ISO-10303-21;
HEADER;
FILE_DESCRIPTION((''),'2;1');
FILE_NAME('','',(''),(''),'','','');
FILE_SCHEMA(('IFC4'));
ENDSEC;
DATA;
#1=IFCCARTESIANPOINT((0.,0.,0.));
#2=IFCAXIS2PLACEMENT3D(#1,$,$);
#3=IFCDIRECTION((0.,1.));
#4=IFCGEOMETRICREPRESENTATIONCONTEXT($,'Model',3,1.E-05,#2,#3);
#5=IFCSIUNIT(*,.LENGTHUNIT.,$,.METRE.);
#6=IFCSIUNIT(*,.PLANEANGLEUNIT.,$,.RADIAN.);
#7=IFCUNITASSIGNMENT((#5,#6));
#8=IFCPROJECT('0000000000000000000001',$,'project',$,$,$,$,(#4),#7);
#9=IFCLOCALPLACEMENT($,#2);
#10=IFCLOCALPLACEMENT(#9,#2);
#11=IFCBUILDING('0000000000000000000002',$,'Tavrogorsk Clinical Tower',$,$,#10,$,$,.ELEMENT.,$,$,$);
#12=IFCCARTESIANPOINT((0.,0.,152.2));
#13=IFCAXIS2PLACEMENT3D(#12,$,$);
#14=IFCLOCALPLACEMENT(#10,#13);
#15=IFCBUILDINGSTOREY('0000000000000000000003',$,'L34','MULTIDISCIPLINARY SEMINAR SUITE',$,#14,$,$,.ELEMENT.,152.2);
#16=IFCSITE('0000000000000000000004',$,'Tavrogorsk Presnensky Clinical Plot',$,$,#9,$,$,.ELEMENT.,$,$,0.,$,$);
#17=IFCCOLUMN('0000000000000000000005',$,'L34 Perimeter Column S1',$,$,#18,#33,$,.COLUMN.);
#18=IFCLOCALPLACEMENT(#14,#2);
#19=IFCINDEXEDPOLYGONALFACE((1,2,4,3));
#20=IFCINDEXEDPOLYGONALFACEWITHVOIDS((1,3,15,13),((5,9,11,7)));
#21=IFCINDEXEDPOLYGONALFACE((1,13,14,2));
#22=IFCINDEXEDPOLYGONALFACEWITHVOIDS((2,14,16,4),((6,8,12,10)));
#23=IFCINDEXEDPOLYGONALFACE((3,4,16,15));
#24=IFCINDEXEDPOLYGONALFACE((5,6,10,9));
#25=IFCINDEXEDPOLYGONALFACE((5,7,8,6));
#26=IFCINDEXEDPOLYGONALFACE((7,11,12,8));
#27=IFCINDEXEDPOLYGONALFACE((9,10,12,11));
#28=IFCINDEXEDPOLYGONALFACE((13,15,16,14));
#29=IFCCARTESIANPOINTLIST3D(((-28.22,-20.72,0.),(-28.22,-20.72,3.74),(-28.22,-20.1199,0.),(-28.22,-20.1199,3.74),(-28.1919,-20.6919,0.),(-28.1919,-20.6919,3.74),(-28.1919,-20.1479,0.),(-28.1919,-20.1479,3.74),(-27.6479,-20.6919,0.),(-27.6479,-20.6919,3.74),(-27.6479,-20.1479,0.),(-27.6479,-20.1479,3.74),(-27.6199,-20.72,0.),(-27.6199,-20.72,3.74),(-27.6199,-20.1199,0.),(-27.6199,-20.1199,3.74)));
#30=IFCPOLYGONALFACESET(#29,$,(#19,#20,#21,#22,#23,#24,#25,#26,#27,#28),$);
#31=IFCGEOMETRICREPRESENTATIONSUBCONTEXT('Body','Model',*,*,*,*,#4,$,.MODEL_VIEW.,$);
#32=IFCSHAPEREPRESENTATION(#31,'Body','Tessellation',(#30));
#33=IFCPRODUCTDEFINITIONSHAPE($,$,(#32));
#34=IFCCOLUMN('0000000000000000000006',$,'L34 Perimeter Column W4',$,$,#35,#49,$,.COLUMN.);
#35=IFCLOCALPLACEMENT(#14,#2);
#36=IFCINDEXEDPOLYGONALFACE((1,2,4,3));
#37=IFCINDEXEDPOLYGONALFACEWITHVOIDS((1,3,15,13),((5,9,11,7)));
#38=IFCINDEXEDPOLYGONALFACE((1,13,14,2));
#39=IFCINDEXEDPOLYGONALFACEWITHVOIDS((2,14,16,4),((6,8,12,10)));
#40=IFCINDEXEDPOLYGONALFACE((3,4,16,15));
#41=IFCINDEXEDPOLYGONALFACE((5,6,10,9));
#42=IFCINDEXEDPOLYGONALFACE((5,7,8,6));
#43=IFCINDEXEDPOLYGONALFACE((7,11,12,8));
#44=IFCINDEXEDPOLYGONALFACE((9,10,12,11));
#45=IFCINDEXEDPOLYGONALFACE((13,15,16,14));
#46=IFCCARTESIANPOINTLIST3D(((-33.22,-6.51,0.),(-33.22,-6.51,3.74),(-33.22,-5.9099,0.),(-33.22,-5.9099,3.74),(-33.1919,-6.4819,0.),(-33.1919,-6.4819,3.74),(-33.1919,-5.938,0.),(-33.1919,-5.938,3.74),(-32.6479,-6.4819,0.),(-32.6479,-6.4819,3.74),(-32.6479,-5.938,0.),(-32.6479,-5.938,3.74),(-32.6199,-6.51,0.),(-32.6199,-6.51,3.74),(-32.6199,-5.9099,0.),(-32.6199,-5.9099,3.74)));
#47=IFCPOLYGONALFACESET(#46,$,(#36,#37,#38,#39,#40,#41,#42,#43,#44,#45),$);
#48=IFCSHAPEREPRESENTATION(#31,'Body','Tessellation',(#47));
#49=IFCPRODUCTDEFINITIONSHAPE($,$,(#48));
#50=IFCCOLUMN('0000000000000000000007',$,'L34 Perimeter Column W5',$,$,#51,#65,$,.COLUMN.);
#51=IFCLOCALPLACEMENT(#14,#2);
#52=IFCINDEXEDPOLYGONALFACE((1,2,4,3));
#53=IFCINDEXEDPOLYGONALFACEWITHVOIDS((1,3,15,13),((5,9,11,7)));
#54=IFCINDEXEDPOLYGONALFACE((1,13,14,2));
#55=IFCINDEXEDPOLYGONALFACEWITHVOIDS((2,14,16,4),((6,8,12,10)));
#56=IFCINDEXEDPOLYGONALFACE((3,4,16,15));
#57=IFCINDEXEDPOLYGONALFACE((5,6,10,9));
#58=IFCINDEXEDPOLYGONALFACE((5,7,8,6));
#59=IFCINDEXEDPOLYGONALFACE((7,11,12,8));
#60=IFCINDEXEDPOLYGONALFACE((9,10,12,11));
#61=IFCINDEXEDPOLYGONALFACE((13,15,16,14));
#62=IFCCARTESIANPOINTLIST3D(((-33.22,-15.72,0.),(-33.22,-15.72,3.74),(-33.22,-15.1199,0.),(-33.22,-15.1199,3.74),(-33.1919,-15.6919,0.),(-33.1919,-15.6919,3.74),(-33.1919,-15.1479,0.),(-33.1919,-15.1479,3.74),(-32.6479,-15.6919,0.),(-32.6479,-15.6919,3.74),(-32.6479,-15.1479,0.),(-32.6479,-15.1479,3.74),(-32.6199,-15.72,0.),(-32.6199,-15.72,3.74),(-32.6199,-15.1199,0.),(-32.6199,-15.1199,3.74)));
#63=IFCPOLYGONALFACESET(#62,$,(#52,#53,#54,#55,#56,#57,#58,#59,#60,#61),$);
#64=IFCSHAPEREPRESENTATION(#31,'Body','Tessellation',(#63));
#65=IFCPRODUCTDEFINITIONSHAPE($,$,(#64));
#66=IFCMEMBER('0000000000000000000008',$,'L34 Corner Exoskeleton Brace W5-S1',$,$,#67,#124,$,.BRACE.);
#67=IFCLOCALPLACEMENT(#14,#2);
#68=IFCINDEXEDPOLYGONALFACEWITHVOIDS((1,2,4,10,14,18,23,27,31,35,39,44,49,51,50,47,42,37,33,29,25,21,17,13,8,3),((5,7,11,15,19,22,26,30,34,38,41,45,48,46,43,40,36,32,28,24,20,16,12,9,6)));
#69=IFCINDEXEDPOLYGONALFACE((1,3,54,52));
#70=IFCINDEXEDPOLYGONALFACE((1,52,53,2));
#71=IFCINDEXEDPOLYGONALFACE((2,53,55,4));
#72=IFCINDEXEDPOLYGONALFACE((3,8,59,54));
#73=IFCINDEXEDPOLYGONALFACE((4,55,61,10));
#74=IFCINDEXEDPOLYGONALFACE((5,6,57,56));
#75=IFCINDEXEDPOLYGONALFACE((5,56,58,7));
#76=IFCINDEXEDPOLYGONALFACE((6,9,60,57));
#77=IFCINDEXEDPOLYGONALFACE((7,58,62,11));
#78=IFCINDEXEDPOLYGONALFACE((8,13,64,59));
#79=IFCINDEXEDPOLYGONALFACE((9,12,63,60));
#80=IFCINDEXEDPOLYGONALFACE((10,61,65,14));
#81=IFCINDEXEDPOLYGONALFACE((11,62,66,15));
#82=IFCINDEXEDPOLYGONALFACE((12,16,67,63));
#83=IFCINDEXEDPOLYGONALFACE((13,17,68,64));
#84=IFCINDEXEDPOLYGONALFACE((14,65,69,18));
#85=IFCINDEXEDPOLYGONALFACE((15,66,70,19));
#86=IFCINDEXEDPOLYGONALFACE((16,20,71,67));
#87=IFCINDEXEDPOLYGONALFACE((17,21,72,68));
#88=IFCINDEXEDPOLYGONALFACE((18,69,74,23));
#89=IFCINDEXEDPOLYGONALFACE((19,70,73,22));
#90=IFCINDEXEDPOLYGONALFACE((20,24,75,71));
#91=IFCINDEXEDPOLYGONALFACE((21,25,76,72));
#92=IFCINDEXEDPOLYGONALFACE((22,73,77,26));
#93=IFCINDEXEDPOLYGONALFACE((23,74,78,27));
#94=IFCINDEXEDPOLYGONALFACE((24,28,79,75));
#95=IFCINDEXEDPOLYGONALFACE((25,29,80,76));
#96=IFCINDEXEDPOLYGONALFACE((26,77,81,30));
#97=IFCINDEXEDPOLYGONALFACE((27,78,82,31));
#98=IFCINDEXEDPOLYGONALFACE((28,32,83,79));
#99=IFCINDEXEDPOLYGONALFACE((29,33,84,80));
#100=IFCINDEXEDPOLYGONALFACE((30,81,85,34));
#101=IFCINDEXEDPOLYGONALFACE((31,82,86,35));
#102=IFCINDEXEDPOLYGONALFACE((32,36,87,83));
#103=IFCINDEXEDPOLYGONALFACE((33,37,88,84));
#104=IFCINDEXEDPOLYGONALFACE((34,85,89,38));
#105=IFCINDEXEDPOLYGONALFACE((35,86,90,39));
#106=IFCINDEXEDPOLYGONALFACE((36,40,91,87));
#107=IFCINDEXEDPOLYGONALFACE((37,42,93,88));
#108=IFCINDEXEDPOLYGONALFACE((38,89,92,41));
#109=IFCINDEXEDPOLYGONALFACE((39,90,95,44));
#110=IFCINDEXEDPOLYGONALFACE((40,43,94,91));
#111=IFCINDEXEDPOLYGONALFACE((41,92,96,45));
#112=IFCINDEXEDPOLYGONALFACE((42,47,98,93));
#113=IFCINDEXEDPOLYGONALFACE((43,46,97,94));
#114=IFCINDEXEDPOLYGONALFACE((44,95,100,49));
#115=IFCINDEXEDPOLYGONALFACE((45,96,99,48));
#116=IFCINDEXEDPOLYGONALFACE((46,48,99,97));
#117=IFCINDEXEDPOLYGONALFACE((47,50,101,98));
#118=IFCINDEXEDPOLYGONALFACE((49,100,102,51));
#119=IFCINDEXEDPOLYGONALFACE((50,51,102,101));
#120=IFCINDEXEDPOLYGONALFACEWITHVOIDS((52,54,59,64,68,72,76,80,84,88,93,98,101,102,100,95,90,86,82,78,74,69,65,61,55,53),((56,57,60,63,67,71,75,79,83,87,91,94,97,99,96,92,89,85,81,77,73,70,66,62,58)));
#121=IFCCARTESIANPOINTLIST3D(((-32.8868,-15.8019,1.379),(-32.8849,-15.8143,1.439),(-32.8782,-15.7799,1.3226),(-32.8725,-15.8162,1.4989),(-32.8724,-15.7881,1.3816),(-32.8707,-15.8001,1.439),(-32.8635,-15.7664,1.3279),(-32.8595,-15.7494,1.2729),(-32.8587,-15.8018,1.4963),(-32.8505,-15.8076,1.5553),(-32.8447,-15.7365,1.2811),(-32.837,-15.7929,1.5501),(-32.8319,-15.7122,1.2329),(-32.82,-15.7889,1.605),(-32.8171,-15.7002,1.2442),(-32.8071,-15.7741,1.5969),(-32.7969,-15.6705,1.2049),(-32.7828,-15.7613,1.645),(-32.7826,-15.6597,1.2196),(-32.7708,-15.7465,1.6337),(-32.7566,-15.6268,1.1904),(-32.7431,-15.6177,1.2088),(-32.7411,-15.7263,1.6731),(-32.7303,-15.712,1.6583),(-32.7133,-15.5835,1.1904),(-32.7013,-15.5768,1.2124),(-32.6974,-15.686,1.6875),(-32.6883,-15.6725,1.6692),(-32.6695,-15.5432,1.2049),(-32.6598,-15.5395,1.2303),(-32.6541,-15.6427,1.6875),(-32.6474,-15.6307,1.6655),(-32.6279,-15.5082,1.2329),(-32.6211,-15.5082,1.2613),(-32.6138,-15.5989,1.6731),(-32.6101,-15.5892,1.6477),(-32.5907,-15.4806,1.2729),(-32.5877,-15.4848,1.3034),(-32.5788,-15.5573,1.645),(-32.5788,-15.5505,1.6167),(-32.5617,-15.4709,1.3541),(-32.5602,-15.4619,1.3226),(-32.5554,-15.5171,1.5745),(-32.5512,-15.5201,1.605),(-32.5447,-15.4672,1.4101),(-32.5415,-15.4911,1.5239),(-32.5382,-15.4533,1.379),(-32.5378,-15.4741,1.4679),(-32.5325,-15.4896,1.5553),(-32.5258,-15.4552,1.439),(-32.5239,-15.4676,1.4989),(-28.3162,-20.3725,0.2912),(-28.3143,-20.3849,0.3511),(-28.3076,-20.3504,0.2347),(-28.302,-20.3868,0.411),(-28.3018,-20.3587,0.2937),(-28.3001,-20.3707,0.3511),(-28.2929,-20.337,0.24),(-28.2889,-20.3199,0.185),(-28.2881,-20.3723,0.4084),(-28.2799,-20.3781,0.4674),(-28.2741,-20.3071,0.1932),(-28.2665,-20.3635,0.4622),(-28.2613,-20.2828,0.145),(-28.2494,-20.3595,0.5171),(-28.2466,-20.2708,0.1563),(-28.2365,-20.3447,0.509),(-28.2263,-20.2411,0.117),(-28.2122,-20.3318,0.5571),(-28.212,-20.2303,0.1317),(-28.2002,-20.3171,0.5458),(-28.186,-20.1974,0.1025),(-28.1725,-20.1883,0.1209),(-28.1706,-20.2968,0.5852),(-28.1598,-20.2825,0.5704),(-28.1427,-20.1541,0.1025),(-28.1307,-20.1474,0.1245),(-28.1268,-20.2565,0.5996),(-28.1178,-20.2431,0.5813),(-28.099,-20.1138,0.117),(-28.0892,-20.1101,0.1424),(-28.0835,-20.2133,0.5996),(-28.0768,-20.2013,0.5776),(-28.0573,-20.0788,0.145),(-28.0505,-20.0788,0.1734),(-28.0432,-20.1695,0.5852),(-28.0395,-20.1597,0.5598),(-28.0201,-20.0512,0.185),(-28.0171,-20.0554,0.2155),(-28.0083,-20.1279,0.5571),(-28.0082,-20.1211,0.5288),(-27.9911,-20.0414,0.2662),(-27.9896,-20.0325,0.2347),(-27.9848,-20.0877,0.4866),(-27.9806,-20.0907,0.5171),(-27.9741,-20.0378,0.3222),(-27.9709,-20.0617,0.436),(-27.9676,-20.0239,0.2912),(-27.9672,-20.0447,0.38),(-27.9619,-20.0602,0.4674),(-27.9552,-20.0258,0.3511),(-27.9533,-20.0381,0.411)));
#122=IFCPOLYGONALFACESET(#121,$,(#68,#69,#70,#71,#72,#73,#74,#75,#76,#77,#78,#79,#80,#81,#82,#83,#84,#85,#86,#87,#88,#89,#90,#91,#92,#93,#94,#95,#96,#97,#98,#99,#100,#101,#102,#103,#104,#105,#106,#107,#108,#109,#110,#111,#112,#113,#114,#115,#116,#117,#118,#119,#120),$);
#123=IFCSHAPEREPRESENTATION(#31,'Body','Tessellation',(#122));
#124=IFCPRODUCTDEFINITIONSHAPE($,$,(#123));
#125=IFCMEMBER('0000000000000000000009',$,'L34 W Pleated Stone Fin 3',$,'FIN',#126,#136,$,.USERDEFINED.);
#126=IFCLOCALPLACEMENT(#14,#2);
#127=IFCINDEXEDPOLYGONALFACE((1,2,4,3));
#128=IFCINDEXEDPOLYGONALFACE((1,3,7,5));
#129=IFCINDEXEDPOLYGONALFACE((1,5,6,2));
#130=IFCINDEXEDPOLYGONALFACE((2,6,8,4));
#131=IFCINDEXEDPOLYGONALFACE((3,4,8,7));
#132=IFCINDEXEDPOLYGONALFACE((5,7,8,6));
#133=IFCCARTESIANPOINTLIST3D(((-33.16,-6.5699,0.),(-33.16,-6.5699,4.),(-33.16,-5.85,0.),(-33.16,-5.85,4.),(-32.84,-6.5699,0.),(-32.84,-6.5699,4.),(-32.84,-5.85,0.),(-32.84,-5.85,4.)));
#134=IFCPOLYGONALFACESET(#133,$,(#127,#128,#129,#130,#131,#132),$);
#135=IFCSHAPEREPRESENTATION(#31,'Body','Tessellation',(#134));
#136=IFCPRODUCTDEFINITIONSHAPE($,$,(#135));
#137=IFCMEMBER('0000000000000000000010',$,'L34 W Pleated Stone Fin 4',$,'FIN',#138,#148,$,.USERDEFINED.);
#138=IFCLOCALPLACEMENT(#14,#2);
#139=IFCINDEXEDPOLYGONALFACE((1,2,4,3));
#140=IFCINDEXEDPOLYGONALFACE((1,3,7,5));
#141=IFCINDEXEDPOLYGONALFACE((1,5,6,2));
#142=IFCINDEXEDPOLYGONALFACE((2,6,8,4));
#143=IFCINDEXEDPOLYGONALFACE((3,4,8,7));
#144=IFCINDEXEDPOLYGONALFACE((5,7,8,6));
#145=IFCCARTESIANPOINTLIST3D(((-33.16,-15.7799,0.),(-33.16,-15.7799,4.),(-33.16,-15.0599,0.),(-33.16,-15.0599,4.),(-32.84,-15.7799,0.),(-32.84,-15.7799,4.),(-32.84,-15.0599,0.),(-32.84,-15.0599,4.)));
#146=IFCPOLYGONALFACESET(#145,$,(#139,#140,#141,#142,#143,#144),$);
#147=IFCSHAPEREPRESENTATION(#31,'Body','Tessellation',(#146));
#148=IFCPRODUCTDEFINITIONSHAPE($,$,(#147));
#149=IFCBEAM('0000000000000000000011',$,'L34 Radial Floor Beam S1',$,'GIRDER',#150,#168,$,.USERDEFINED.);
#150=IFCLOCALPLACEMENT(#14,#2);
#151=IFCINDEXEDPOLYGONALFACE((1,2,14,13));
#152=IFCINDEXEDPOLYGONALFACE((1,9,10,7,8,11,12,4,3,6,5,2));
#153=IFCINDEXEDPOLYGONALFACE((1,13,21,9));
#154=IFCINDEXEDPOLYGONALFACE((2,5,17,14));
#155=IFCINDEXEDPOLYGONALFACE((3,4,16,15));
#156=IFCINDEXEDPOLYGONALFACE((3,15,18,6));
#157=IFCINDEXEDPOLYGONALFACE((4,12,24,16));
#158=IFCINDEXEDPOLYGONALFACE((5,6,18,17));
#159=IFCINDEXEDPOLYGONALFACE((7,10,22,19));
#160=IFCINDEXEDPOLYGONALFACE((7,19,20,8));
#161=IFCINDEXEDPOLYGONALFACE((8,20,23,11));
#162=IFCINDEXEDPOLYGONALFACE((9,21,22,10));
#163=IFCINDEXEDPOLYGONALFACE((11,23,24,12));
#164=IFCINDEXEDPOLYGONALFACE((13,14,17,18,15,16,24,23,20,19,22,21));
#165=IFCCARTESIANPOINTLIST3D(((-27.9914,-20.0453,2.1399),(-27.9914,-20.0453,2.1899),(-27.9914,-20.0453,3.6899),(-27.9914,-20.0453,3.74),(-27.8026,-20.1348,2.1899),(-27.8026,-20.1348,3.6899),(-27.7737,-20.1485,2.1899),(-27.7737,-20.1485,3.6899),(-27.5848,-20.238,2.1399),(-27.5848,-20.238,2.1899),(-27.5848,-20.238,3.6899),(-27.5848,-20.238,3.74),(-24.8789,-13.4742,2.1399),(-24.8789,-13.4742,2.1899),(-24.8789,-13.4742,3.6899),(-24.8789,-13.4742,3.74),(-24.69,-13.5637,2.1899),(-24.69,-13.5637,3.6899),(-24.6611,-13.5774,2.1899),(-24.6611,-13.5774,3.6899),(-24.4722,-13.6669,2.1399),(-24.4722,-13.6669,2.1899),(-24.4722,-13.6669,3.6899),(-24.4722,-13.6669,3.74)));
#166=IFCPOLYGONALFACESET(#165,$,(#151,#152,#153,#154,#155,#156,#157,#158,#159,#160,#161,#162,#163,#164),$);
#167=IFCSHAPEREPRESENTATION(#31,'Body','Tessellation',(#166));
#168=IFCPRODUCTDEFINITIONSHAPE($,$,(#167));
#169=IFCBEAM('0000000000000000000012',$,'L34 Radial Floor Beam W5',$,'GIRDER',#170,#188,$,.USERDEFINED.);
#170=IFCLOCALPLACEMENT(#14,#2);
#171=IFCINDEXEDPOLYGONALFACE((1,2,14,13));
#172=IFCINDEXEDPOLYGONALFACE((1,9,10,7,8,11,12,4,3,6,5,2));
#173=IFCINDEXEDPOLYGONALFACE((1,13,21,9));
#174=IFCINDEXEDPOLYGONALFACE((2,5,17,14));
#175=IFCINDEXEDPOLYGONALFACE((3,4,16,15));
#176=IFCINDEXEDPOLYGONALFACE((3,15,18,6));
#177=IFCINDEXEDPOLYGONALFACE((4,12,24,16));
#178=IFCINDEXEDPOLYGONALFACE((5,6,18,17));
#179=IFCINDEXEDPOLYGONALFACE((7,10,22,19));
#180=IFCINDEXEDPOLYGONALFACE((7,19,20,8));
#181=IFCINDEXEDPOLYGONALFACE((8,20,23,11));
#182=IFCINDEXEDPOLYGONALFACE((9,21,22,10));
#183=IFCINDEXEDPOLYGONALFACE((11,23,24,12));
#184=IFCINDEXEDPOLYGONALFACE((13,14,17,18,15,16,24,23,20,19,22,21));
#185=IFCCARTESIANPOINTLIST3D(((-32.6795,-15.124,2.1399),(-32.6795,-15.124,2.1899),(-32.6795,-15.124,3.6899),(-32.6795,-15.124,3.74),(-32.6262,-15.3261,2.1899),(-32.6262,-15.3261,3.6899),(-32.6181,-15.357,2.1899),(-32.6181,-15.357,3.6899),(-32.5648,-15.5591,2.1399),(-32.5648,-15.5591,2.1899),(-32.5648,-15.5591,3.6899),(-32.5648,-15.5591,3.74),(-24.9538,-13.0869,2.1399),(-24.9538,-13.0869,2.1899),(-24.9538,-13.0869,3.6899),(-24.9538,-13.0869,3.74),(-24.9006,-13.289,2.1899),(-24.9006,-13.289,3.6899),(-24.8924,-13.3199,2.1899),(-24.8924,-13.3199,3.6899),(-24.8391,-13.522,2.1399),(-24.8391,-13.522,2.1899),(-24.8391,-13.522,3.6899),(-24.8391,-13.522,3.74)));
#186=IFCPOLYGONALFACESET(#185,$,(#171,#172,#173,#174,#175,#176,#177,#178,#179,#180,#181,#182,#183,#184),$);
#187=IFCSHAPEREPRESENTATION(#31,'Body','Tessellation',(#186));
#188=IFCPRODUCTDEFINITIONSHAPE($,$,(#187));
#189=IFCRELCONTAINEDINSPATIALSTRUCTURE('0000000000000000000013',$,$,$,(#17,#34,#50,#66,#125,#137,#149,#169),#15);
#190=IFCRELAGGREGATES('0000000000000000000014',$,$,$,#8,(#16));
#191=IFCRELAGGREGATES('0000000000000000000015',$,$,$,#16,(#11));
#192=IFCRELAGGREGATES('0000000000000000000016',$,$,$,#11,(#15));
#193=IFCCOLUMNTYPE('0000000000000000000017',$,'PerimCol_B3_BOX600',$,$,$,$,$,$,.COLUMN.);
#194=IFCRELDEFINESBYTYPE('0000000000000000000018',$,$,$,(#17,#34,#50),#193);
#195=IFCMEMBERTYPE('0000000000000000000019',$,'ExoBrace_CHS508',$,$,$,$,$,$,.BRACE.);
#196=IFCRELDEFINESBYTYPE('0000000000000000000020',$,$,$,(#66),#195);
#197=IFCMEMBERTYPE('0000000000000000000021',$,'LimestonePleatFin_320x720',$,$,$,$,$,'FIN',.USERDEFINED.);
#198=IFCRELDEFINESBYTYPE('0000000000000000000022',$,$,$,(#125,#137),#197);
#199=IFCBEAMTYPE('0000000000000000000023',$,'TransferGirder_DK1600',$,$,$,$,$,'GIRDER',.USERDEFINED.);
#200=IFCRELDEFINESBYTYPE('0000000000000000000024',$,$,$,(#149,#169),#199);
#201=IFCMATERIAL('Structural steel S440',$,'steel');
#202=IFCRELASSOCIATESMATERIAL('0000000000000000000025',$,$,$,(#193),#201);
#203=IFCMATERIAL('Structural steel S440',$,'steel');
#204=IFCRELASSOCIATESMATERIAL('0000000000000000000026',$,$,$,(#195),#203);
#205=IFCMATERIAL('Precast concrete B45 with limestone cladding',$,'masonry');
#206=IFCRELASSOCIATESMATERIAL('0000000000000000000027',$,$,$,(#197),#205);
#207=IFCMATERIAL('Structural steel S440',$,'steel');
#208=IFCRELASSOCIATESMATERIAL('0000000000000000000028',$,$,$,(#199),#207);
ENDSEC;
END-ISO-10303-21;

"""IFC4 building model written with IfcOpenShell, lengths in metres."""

from ifc_helpers import new_model, si_unit, direction, frame, origin, origin_2d, place, context, subcontext, project, spatial, rectangle, hollow_rectangle, hollow_circle, i_section, extrude, material, material_profile, profile_set, type_object, element, save


model = new_model("IFC4")

# Units and contexts
model_context = context("Model", 3, precision=1e-05, world=origin(), true_north=direction((0.0, 1.0)))
body_context = subcontext(model_context, "Body", "Model", "MODEL_VIEW")
ifc_project = project(units=[si_unit("LENGTHUNIT", "METRE"), si_unit("PLANEANGLEUNIT", "RADIAN")], contexts=[model_context])

# Site, building, storey
site_placement = place(None, origin())
site = spatial("IfcSite", under=ifc_project, at=site_placement, Name="Tavrogorsk Presnensky Clinical Plot", CompositionType="ELEMENT", RefElevation=0.0)
building_placement = place(site_placement, origin())
building = spatial("IfcBuilding", under=site, at=building_placement, Name="Tavrogorsk Clinical Tower", CompositionType="ELEMENT")
storey_placement = place(building_placement, frame((0.0, 0.0, 152.2)))
storey = spatial("IfcBuildingStorey", under=building, at=storey_placement, Name="L34", Description="MULTIDISCIPLINARY SEMINAR SUITE", CompositionType="ELEMENT", Elevation=152.2)

# Columns
ifc_material_1 = material(Name="Structural steel S440", Category="steel")
ifc_material_profile_1 = material_profile(ifc_material_1, hollow_rectangle(XDim=0.6001, YDim=0.6001, WallThickness=0.0281, at=origin_2d()), Name="BOX-600x600x28")
ifc_profile_set_1 = profile_set([ifc_material_profile_1], Name="Structural steel S440")
column_type = type_object("IfcColumnType", Name="PerimCol_B3_BOX600", PredefinedType="COLUMN", material=ifc_profile_set_1)
for number, where, z_axis, x_axis, name in (
    (1, (-27.9199, -20.4199, 0.0), (0.0, 0.0, 1.0), (1.0, 0.0, 0.0), "L34 Perimeter Column S1"),
    (2, (-32.9199, -6.21, 0.0), (0.0, 0.0, 1.0), (1.0, 0.0, 0.0), "L34 Perimeter Column W4"),
    (3, (-32.9199, -15.4199, 0.0), (0.0, 0.0, 1.0), (1.0, 0.0, 0.0), "L34 Perimeter Column W5"),
):
    element("IfcColumn", number, at=place(storey_placement, frame(where, z_axis=z_axis, x_axis=x_axis)), inside=storey, type_object=column_type, Name=name, PredefinedType="COLUMN", context=body_context, shape_type="SweptSolid", body=[
        extrude(hollow_rectangle(XDim=0.6001, YDim=0.6001, WallThickness=0.0281, at=origin_2d()), origin(), (0.0, 0.0, 1.0), 3.74),
    ])

# Members
ifc_material_2 = material(Name="Structural steel S440", Category="steel")
ifc_material_profile_2 = material_profile(ifc_material_2, hollow_circle(Radius=0.2539, WallThickness=0.02, at=origin_2d()), Name="CHS-508x20")
ifc_profile_set_2 = profile_set([ifc_material_profile_2], Name="Structural steel S440")
member_type_1 = type_object("IfcMemberType", Name="ExoBrace_CHS508", PredefinedType="BRACE", material=ifc_profile_set_2)
member_placement = place(storey_placement, frame((-28.1348, -20.2053, 0.3511), z_axis=(-0.6973, 0.6973, 0.165972), x_axis=(-0.707107, -0.707107, 0.0)))
element("IfcMember", 4, at=member_placement, inside=storey, type_object=member_type_1, Name="L34 Corner Exoskeleton Brace W5-S1", PredefinedType="BRACE", context=body_context, shape_type="SweptSolid", body=[
    extrude(hollow_circle(Radius=0.2539, WallThickness=0.02, at=origin_2d()), origin(), (0.0, 0.0, 1.0), 6.5547),
])
ifc_material_3 = material(Name="Precast concrete B45 with limestone cladding", Category="masonry")
ifc_material_profile_3 = material_profile(ifc_material_3, rectangle(XDim=0.3201, YDim=0.72, at=origin_2d()), Name="LIMESTONE-FIN-320x720")
ifc_profile_set_3 = profile_set([ifc_material_profile_3], Name="Precast concrete B45 with limestone cladding")
member_type_2 = type_object("IfcMemberType", Name="LimestonePleatFin_320x720", ElementType="FIN", PredefinedType="USERDEFINED", material=ifc_profile_set_3)
for number, where, z_axis, x_axis, name in (
    (5, (-33.0, -6.21, 0.0), (0.0, 0.0, 1.0), (1.0, 0.0, 0.0), "L34 W Pleated Stone Fin 3"),
    (6, (-33.0, -15.4199, 0.0), (0.0, 0.0, 1.0), (1.0, 0.0, 0.0), "L34 W Pleated Stone Fin 4"),
):
    element("IfcMember", number, at=place(storey_placement, frame(where, z_axis=z_axis, x_axis=x_axis)), inside=storey, type_object=member_type_2, Name=name, ObjectType="FIN", PredefinedType="USERDEFINED", context=body_context, shape_type="SweptSolid", body=[
        extrude(rectangle(XDim=0.3201, YDim=0.72, at=origin_2d()), origin(), (0.0, 0.0, 1.0), 4.0),
    ])

# Beams
ifc_material_4 = material(Name="Structural steel S440", Category="steel")
ifc_material_profile_4 = material_profile(ifc_material_4, i_section(OverallWidth=0.45, OverallDepth=1.6001, WebThickness=0.032, FlangeThickness=0.05, at=origin_2d()), Name="DK-1600x450x32x50")
ifc_profile_set_4 = profile_set([ifc_material_profile_4], Name="Structural steel S440")
beam_type_1 = type_object("IfcBeamType", Name="TransferGirder_DK1600", ElementType="GIRDER", PredefinedType="USERDEFINED", material=ifc_profile_set_4)
beam_1_placement = place(storey_placement, frame((-24.6755, -13.5706, 2.9399), z_axis=(-0.428081, -0.903741, 0.0), x_axis=(0.903741, -0.428081, 0.0)))
element("IfcBeam", 7, at=beam_1_placement, inside=storey, type_object=beam_type_1, Name="L34 Radial Floor Beam S1", ObjectType="GIRDER", PredefinedType="USERDEFINED", context=body_context, shape_type="SweptSolid", body=[
    extrude(i_section(OverallWidth=0.45, OverallDepth=1.6001, WebThickness=0.032, FlangeThickness=0.05, at=origin_2d()), origin(), (0.0, 0.0, 1.0), 7.271),
])
beam_2_placement = place(storey_placement, frame((-24.8965, -13.3044, 2.9399), z_axis=(-0.966949, -0.254969, 0.0), x_axis=(0.254969, -0.966949, 0.0)))
element("IfcBeam", 8, at=beam_2_placement, inside=storey, type_object=beam_type_1, Name="L34 Radial Floor Beam W5", ObjectType="GIRDER", PredefinedType="USERDEFINED", context=body_context, shape_type="SweptSolid", body=[
    extrude(i_section(OverallWidth=0.45, OverallDepth=1.6001, WebThickness=0.032, FlangeThickness=0.05, at=origin_2d()), origin(), (0.0, 0.0, 1.0), 7.9897),
])

save(model, "model.ifc")
